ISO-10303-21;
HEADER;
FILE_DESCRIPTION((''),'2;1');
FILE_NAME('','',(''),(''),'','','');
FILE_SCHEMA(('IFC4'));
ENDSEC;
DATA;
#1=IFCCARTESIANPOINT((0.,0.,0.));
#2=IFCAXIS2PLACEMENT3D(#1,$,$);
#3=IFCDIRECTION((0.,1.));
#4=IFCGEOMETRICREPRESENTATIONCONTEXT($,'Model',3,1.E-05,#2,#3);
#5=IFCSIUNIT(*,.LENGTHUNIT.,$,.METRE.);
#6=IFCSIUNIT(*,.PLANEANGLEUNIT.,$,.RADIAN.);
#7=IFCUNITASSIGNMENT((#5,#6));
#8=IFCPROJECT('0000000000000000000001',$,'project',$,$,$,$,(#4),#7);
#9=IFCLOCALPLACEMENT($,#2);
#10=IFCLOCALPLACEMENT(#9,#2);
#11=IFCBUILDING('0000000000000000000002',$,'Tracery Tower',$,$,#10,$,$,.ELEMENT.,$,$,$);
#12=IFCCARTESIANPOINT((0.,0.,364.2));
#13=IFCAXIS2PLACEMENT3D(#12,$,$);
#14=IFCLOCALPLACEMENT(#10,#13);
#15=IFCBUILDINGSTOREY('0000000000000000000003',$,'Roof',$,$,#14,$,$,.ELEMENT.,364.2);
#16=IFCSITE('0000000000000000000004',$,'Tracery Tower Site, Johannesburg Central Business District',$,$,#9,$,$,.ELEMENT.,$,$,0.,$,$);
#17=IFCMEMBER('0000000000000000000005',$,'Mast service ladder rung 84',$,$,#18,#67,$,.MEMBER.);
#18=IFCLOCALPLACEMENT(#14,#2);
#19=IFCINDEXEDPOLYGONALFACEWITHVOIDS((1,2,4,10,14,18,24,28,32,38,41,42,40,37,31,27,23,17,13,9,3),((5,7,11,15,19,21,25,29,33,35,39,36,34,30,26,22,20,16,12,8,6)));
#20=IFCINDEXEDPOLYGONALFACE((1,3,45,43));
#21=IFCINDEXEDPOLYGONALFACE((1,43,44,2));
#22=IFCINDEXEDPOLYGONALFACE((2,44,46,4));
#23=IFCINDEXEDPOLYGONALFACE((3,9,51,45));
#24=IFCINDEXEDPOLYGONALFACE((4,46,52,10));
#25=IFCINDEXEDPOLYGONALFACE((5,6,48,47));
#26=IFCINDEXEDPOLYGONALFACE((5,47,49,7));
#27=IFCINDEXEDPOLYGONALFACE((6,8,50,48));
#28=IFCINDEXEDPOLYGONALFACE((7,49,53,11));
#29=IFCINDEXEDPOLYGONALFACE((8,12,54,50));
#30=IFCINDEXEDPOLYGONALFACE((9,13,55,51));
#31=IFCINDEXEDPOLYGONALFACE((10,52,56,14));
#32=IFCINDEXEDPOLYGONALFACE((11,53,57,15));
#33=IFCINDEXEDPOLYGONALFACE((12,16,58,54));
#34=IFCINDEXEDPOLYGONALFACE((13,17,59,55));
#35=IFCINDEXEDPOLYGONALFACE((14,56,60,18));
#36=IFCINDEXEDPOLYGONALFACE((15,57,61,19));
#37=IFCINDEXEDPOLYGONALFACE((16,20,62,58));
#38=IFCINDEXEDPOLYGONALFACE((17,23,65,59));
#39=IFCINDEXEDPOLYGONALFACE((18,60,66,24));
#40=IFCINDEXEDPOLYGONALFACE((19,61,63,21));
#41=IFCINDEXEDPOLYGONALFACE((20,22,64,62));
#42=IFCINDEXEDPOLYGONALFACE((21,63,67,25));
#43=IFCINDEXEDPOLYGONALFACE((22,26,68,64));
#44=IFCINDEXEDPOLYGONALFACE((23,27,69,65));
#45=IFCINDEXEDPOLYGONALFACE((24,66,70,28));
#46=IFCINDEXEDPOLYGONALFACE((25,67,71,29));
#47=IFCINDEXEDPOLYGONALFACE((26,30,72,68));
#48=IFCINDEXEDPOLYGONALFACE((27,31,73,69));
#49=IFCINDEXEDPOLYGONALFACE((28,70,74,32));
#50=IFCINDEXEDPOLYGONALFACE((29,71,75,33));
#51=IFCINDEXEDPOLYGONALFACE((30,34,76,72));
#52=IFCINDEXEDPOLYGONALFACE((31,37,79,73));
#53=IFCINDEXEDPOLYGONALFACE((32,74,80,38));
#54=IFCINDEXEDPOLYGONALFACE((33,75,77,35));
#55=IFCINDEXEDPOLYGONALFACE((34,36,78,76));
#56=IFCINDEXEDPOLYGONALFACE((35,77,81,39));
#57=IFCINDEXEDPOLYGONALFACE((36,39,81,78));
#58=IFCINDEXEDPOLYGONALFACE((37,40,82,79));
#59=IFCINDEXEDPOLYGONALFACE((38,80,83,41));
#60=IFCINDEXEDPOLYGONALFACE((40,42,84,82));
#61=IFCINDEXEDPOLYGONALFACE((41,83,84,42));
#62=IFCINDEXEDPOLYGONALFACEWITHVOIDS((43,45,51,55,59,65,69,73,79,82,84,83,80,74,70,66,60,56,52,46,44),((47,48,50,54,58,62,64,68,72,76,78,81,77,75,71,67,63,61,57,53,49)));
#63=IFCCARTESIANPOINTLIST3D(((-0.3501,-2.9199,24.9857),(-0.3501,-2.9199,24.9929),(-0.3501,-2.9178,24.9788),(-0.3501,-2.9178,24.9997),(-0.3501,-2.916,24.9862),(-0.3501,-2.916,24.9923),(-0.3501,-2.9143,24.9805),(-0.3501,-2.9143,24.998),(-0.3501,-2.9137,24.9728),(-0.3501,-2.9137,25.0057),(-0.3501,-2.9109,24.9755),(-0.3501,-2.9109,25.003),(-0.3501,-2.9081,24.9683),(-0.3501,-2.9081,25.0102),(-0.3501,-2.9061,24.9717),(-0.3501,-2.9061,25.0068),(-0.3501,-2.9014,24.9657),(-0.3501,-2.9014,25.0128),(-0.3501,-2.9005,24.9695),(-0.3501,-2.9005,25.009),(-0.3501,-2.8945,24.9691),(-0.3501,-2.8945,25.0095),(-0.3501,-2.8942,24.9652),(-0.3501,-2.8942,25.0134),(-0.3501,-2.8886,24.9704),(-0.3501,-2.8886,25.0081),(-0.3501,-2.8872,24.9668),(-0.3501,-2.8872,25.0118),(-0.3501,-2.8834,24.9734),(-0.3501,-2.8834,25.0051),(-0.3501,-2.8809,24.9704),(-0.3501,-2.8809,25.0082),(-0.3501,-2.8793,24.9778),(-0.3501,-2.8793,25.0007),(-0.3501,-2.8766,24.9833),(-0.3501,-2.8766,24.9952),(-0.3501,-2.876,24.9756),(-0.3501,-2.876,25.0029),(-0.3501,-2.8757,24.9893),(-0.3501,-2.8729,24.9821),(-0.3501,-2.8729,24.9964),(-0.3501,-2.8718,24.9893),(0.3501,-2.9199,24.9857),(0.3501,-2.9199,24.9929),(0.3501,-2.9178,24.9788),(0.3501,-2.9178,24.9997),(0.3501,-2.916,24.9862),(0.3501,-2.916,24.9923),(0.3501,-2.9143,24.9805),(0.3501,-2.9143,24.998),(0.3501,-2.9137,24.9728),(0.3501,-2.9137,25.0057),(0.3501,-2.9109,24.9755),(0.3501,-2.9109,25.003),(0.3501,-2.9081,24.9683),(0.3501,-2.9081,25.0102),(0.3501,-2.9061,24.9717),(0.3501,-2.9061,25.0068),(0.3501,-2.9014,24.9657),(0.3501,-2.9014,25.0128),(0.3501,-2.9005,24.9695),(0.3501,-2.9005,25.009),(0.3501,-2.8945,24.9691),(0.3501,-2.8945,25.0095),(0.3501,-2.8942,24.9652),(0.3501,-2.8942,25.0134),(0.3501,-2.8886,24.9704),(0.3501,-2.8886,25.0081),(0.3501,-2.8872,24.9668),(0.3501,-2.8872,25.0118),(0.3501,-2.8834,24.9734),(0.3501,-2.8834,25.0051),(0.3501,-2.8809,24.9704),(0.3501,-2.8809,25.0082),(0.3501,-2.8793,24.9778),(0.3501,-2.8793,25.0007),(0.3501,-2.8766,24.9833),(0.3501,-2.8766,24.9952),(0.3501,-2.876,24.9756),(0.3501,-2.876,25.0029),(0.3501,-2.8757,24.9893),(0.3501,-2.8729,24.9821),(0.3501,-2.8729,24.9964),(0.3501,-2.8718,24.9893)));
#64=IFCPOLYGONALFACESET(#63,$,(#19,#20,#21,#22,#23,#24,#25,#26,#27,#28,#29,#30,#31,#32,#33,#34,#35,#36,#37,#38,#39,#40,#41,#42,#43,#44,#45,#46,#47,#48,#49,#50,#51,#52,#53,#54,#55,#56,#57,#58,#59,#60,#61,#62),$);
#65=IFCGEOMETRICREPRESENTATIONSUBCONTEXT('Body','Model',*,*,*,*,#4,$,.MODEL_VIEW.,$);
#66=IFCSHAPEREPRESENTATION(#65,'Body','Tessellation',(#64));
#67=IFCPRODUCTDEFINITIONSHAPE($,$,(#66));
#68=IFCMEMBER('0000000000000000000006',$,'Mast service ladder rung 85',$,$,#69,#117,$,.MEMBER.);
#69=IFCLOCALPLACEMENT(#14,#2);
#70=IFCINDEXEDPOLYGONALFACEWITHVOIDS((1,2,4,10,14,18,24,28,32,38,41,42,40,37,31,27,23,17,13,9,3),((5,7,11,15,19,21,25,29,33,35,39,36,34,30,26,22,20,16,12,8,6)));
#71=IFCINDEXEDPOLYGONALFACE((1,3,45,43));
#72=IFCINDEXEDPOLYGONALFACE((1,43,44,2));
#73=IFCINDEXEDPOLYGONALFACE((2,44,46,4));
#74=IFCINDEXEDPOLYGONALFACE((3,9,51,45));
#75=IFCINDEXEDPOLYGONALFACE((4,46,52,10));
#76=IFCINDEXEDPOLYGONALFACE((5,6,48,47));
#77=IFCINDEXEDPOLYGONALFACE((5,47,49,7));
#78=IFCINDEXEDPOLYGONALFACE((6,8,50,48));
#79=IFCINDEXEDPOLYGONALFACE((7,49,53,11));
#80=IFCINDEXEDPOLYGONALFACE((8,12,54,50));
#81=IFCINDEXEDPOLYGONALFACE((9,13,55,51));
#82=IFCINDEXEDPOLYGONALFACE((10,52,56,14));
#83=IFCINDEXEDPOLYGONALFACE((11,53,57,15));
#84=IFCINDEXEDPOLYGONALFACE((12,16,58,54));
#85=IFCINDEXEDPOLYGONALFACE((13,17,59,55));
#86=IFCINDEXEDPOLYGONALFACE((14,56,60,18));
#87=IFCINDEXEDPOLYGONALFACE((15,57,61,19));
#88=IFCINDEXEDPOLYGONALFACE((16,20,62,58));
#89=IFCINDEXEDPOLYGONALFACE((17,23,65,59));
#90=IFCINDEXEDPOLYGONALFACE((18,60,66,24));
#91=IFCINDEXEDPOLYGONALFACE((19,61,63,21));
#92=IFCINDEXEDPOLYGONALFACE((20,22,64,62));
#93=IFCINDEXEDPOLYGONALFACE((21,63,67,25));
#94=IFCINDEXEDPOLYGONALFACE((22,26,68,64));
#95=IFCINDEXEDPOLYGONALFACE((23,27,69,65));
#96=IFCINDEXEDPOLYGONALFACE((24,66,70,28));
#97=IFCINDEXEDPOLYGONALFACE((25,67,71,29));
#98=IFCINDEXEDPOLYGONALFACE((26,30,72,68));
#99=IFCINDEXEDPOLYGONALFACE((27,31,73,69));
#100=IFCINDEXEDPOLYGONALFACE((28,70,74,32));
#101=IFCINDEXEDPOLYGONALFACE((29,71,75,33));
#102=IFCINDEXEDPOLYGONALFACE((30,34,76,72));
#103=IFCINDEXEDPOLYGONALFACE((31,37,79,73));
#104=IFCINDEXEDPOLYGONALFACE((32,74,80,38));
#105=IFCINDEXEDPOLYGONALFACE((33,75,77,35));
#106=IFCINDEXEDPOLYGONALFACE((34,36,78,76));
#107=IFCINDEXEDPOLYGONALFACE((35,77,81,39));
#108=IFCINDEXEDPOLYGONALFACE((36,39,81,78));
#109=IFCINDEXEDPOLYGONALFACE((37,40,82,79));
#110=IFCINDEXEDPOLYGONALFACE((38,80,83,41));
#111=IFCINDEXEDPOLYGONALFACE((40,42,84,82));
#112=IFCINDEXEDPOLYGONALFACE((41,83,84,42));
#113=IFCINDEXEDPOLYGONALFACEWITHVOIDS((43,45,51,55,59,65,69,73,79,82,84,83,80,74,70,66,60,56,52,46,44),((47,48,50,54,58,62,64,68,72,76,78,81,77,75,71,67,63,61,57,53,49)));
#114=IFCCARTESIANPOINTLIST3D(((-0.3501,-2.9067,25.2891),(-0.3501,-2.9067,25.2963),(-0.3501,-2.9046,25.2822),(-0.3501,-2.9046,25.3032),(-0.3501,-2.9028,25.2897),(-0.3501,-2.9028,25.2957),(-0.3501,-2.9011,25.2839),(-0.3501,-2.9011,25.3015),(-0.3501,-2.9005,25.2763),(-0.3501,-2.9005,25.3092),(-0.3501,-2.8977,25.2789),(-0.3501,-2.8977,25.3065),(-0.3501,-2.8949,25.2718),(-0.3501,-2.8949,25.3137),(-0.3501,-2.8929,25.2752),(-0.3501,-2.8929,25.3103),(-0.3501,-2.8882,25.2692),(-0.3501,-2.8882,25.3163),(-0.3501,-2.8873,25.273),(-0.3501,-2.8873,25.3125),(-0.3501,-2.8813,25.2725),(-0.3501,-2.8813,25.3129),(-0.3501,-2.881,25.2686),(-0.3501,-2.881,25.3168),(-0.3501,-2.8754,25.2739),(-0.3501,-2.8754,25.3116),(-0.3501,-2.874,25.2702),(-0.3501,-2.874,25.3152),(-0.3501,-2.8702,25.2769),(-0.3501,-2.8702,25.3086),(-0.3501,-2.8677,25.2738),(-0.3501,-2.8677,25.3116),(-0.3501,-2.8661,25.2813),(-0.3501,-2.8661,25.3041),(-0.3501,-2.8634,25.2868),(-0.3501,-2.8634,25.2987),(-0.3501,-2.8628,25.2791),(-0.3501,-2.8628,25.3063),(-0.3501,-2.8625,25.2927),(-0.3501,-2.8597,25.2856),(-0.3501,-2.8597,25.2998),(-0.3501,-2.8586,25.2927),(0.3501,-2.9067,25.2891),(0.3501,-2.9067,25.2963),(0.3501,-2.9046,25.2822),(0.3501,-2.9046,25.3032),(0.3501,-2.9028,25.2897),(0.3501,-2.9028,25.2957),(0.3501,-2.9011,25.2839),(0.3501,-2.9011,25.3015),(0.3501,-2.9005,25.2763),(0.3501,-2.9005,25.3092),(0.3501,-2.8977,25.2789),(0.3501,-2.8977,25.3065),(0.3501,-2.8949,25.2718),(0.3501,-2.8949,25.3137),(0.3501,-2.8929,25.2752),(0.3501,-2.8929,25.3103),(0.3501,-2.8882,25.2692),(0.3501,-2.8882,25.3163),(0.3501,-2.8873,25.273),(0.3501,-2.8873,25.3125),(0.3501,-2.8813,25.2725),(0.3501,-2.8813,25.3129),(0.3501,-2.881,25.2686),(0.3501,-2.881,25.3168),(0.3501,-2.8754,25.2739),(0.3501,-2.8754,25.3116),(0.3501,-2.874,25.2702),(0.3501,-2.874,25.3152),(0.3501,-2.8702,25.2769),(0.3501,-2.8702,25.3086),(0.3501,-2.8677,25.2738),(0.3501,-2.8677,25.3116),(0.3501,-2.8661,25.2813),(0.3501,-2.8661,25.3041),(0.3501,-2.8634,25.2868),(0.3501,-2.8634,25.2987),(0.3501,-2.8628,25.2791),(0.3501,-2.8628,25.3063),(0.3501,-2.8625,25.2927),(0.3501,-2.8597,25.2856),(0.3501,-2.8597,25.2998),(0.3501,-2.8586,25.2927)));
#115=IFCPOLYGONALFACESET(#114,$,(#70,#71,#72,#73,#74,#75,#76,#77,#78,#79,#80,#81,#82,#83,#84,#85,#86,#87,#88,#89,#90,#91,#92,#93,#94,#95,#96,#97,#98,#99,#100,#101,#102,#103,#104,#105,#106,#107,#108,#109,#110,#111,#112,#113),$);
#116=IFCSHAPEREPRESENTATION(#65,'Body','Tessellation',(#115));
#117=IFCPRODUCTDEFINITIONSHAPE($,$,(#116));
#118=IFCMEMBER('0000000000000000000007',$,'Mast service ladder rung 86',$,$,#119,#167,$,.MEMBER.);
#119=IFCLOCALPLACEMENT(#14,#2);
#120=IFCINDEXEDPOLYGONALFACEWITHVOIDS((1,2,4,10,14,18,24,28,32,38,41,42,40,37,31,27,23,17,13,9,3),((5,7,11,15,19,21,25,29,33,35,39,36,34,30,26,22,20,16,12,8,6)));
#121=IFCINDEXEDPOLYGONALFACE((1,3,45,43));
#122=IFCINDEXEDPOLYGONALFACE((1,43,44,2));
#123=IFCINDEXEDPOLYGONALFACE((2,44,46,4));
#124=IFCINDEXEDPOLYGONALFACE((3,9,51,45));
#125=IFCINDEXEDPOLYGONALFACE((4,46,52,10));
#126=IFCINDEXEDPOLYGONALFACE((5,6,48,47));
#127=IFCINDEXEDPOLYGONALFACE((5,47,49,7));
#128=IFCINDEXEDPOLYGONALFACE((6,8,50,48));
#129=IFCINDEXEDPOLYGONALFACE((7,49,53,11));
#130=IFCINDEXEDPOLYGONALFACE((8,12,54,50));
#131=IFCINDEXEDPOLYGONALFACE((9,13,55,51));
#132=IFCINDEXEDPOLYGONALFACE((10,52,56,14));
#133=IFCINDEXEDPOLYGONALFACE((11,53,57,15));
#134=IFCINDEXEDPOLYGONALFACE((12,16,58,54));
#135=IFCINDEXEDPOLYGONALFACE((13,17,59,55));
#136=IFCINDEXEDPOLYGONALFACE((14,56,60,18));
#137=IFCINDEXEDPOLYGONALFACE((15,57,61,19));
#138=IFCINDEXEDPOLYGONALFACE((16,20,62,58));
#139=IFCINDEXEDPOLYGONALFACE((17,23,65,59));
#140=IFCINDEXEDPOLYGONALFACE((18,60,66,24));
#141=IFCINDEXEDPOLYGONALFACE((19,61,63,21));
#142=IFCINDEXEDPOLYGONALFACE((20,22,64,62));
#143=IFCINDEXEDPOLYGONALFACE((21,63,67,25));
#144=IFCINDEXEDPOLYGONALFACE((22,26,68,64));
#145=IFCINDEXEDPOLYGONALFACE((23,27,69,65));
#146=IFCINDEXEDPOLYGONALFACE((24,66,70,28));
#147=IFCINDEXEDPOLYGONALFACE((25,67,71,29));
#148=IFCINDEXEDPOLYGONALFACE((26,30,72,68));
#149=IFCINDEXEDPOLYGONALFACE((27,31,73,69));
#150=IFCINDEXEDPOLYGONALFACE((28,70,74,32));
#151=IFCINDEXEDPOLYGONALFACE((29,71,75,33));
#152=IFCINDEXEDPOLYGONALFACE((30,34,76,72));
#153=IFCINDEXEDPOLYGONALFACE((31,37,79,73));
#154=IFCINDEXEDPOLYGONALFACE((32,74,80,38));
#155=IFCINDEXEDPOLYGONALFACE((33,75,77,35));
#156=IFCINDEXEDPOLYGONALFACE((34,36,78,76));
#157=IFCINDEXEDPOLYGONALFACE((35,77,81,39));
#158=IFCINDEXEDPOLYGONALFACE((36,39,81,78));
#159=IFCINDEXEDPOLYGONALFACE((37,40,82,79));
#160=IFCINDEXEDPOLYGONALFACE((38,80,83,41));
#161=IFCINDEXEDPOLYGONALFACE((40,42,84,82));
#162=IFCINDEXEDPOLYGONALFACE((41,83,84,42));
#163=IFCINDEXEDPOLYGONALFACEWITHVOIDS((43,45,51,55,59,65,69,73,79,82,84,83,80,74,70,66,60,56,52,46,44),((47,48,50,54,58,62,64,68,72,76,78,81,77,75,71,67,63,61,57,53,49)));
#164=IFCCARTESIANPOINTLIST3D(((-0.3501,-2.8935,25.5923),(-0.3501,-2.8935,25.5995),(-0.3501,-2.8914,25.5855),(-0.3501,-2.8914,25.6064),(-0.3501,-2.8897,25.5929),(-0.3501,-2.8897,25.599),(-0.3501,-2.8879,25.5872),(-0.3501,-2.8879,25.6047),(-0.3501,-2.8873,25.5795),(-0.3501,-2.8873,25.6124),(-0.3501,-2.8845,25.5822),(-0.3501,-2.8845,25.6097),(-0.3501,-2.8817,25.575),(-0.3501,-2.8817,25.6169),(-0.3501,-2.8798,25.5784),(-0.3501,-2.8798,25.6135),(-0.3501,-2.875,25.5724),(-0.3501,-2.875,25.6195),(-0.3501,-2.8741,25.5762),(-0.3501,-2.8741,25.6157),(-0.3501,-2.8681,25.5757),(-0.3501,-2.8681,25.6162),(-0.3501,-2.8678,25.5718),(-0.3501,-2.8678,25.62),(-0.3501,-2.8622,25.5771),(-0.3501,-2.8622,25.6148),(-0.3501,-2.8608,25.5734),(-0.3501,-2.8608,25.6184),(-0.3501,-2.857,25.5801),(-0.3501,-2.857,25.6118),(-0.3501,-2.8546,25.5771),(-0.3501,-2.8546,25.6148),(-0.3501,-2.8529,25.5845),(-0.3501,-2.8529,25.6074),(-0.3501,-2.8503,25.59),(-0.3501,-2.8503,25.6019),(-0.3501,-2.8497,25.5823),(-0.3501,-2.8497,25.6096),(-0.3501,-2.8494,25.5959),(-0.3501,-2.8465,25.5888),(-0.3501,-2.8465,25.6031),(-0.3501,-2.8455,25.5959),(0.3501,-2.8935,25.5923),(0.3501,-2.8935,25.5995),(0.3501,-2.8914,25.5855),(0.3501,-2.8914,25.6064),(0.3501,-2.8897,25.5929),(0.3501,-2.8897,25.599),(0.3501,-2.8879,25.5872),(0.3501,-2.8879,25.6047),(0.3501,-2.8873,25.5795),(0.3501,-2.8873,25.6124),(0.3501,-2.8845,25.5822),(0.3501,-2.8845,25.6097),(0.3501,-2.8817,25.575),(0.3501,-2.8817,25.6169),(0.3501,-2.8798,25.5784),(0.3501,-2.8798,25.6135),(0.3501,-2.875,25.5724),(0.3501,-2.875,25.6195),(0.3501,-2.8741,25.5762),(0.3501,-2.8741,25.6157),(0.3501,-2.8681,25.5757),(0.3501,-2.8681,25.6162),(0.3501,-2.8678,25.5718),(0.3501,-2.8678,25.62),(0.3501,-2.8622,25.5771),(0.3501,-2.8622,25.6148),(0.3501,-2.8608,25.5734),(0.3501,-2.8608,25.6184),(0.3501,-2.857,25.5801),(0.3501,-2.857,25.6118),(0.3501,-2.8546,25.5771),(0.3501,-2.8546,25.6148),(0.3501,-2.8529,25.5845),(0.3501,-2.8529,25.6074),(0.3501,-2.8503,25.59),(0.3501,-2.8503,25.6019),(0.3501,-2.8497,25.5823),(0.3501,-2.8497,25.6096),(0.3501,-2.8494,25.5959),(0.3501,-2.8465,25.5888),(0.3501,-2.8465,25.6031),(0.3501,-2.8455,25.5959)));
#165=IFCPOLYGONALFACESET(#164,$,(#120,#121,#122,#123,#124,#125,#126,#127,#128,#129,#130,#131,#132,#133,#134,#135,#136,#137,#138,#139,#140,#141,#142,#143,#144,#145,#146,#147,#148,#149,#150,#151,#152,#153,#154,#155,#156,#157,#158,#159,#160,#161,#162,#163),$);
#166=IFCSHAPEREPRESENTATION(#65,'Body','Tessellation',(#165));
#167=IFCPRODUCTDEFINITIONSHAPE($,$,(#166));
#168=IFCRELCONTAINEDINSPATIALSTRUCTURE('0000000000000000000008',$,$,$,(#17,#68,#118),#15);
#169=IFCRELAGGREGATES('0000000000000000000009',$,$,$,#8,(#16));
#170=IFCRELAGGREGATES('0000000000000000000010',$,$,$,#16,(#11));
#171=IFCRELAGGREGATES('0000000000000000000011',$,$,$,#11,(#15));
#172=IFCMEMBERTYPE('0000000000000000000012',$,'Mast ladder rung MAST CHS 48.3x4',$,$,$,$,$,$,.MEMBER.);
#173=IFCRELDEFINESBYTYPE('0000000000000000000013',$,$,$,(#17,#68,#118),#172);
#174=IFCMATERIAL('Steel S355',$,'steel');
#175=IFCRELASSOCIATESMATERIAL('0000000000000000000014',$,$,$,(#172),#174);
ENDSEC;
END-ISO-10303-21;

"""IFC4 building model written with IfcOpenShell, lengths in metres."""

from ifc_helpers import new_model, si_unit, direction, frame, origin, origin_2d, place, context, subcontext, project, spatial, hollow_circle, extrude, material, material_profile, profile_set, type_object, element, save


model = new_model("IFC4")

# Units and contexts
model_context = context("Model", 3, precision=1e-05, world=origin(), true_north=direction((0.0, 1.0)))
body_context = subcontext(model_context, "Body", "Model", "MODEL_VIEW")
ifc_project = project(units=[si_unit("LENGTHUNIT", "METRE"), si_unit("PLANEANGLEUNIT", "RADIAN")], contexts=[model_context])

# Site, building, storey
site_placement = place(None, origin())
site = spatial("IfcSite", under=ifc_project, at=site_placement, Name="Tracery Tower Site, Johannesburg Central Business District", CompositionType="ELEMENT", RefElevation=0.0)
building_placement = place(site_placement, origin())
building = spatial("IfcBuilding", under=site, at=building_placement, Name="Tracery Tower", CompositionType="ELEMENT")
storey_placement = place(building_placement, frame((0.0, 0.0, 364.2)))
storey = spatial("IfcBuildingStorey", under=building, at=storey_placement, Name="Roof", CompositionType="ELEMENT", Elevation=364.2)

# Members
ifc_material_1 = material(Name="Steel S355", Category="steel")
ifc_material_profile_1 = material_profile(ifc_material_1, hollow_circle(Radius=0.0242, WallThickness=0.0039, at=origin_2d()), Name="CHS 48.3x4")
ifc_profile_set_1 = profile_set([ifc_material_profile_1], Name="Steel S355")
member_type_1 = type_object("IfcMemberType", Name="Mast ladder rung MAST CHS 48.3x4", PredefinedType="MEMBER", material=ifc_profile_set_1)
for number, where, z_axis, x_axis, name in (
    (1, (-0.3501, -2.896, 24.9893), (1.0, 0.0, 0.0), (0.0, 1.0, 0.0), "Mast service ladder rung 84"),
    (2, (-0.3501, -2.8828, 25.2927), (1.0, 0.0, 0.0), (0.0, 1.0, 0.0), "Mast service ladder rung 85"),
    (3, (-0.3501, -2.8696, 25.5959), (1.0, 0.0, 0.0), (0.0, 1.0, 0.0), "Mast service ladder rung 86"),
):
    element("IfcMember", number, at=place(storey_placement, frame(where, z_axis=z_axis, x_axis=x_axis)), inside=storey, type_object=member_type_1, Name=name, PredefinedType="MEMBER", context=body_context, shape_type="SweptSolid", body=[
        extrude(hollow_circle(Radius=0.0242, WallThickness=0.0039, at=origin_2d()), origin(), (0.0, 0.0, 1.0), 0.7002),
    ])

save(model, "model.ifc")
